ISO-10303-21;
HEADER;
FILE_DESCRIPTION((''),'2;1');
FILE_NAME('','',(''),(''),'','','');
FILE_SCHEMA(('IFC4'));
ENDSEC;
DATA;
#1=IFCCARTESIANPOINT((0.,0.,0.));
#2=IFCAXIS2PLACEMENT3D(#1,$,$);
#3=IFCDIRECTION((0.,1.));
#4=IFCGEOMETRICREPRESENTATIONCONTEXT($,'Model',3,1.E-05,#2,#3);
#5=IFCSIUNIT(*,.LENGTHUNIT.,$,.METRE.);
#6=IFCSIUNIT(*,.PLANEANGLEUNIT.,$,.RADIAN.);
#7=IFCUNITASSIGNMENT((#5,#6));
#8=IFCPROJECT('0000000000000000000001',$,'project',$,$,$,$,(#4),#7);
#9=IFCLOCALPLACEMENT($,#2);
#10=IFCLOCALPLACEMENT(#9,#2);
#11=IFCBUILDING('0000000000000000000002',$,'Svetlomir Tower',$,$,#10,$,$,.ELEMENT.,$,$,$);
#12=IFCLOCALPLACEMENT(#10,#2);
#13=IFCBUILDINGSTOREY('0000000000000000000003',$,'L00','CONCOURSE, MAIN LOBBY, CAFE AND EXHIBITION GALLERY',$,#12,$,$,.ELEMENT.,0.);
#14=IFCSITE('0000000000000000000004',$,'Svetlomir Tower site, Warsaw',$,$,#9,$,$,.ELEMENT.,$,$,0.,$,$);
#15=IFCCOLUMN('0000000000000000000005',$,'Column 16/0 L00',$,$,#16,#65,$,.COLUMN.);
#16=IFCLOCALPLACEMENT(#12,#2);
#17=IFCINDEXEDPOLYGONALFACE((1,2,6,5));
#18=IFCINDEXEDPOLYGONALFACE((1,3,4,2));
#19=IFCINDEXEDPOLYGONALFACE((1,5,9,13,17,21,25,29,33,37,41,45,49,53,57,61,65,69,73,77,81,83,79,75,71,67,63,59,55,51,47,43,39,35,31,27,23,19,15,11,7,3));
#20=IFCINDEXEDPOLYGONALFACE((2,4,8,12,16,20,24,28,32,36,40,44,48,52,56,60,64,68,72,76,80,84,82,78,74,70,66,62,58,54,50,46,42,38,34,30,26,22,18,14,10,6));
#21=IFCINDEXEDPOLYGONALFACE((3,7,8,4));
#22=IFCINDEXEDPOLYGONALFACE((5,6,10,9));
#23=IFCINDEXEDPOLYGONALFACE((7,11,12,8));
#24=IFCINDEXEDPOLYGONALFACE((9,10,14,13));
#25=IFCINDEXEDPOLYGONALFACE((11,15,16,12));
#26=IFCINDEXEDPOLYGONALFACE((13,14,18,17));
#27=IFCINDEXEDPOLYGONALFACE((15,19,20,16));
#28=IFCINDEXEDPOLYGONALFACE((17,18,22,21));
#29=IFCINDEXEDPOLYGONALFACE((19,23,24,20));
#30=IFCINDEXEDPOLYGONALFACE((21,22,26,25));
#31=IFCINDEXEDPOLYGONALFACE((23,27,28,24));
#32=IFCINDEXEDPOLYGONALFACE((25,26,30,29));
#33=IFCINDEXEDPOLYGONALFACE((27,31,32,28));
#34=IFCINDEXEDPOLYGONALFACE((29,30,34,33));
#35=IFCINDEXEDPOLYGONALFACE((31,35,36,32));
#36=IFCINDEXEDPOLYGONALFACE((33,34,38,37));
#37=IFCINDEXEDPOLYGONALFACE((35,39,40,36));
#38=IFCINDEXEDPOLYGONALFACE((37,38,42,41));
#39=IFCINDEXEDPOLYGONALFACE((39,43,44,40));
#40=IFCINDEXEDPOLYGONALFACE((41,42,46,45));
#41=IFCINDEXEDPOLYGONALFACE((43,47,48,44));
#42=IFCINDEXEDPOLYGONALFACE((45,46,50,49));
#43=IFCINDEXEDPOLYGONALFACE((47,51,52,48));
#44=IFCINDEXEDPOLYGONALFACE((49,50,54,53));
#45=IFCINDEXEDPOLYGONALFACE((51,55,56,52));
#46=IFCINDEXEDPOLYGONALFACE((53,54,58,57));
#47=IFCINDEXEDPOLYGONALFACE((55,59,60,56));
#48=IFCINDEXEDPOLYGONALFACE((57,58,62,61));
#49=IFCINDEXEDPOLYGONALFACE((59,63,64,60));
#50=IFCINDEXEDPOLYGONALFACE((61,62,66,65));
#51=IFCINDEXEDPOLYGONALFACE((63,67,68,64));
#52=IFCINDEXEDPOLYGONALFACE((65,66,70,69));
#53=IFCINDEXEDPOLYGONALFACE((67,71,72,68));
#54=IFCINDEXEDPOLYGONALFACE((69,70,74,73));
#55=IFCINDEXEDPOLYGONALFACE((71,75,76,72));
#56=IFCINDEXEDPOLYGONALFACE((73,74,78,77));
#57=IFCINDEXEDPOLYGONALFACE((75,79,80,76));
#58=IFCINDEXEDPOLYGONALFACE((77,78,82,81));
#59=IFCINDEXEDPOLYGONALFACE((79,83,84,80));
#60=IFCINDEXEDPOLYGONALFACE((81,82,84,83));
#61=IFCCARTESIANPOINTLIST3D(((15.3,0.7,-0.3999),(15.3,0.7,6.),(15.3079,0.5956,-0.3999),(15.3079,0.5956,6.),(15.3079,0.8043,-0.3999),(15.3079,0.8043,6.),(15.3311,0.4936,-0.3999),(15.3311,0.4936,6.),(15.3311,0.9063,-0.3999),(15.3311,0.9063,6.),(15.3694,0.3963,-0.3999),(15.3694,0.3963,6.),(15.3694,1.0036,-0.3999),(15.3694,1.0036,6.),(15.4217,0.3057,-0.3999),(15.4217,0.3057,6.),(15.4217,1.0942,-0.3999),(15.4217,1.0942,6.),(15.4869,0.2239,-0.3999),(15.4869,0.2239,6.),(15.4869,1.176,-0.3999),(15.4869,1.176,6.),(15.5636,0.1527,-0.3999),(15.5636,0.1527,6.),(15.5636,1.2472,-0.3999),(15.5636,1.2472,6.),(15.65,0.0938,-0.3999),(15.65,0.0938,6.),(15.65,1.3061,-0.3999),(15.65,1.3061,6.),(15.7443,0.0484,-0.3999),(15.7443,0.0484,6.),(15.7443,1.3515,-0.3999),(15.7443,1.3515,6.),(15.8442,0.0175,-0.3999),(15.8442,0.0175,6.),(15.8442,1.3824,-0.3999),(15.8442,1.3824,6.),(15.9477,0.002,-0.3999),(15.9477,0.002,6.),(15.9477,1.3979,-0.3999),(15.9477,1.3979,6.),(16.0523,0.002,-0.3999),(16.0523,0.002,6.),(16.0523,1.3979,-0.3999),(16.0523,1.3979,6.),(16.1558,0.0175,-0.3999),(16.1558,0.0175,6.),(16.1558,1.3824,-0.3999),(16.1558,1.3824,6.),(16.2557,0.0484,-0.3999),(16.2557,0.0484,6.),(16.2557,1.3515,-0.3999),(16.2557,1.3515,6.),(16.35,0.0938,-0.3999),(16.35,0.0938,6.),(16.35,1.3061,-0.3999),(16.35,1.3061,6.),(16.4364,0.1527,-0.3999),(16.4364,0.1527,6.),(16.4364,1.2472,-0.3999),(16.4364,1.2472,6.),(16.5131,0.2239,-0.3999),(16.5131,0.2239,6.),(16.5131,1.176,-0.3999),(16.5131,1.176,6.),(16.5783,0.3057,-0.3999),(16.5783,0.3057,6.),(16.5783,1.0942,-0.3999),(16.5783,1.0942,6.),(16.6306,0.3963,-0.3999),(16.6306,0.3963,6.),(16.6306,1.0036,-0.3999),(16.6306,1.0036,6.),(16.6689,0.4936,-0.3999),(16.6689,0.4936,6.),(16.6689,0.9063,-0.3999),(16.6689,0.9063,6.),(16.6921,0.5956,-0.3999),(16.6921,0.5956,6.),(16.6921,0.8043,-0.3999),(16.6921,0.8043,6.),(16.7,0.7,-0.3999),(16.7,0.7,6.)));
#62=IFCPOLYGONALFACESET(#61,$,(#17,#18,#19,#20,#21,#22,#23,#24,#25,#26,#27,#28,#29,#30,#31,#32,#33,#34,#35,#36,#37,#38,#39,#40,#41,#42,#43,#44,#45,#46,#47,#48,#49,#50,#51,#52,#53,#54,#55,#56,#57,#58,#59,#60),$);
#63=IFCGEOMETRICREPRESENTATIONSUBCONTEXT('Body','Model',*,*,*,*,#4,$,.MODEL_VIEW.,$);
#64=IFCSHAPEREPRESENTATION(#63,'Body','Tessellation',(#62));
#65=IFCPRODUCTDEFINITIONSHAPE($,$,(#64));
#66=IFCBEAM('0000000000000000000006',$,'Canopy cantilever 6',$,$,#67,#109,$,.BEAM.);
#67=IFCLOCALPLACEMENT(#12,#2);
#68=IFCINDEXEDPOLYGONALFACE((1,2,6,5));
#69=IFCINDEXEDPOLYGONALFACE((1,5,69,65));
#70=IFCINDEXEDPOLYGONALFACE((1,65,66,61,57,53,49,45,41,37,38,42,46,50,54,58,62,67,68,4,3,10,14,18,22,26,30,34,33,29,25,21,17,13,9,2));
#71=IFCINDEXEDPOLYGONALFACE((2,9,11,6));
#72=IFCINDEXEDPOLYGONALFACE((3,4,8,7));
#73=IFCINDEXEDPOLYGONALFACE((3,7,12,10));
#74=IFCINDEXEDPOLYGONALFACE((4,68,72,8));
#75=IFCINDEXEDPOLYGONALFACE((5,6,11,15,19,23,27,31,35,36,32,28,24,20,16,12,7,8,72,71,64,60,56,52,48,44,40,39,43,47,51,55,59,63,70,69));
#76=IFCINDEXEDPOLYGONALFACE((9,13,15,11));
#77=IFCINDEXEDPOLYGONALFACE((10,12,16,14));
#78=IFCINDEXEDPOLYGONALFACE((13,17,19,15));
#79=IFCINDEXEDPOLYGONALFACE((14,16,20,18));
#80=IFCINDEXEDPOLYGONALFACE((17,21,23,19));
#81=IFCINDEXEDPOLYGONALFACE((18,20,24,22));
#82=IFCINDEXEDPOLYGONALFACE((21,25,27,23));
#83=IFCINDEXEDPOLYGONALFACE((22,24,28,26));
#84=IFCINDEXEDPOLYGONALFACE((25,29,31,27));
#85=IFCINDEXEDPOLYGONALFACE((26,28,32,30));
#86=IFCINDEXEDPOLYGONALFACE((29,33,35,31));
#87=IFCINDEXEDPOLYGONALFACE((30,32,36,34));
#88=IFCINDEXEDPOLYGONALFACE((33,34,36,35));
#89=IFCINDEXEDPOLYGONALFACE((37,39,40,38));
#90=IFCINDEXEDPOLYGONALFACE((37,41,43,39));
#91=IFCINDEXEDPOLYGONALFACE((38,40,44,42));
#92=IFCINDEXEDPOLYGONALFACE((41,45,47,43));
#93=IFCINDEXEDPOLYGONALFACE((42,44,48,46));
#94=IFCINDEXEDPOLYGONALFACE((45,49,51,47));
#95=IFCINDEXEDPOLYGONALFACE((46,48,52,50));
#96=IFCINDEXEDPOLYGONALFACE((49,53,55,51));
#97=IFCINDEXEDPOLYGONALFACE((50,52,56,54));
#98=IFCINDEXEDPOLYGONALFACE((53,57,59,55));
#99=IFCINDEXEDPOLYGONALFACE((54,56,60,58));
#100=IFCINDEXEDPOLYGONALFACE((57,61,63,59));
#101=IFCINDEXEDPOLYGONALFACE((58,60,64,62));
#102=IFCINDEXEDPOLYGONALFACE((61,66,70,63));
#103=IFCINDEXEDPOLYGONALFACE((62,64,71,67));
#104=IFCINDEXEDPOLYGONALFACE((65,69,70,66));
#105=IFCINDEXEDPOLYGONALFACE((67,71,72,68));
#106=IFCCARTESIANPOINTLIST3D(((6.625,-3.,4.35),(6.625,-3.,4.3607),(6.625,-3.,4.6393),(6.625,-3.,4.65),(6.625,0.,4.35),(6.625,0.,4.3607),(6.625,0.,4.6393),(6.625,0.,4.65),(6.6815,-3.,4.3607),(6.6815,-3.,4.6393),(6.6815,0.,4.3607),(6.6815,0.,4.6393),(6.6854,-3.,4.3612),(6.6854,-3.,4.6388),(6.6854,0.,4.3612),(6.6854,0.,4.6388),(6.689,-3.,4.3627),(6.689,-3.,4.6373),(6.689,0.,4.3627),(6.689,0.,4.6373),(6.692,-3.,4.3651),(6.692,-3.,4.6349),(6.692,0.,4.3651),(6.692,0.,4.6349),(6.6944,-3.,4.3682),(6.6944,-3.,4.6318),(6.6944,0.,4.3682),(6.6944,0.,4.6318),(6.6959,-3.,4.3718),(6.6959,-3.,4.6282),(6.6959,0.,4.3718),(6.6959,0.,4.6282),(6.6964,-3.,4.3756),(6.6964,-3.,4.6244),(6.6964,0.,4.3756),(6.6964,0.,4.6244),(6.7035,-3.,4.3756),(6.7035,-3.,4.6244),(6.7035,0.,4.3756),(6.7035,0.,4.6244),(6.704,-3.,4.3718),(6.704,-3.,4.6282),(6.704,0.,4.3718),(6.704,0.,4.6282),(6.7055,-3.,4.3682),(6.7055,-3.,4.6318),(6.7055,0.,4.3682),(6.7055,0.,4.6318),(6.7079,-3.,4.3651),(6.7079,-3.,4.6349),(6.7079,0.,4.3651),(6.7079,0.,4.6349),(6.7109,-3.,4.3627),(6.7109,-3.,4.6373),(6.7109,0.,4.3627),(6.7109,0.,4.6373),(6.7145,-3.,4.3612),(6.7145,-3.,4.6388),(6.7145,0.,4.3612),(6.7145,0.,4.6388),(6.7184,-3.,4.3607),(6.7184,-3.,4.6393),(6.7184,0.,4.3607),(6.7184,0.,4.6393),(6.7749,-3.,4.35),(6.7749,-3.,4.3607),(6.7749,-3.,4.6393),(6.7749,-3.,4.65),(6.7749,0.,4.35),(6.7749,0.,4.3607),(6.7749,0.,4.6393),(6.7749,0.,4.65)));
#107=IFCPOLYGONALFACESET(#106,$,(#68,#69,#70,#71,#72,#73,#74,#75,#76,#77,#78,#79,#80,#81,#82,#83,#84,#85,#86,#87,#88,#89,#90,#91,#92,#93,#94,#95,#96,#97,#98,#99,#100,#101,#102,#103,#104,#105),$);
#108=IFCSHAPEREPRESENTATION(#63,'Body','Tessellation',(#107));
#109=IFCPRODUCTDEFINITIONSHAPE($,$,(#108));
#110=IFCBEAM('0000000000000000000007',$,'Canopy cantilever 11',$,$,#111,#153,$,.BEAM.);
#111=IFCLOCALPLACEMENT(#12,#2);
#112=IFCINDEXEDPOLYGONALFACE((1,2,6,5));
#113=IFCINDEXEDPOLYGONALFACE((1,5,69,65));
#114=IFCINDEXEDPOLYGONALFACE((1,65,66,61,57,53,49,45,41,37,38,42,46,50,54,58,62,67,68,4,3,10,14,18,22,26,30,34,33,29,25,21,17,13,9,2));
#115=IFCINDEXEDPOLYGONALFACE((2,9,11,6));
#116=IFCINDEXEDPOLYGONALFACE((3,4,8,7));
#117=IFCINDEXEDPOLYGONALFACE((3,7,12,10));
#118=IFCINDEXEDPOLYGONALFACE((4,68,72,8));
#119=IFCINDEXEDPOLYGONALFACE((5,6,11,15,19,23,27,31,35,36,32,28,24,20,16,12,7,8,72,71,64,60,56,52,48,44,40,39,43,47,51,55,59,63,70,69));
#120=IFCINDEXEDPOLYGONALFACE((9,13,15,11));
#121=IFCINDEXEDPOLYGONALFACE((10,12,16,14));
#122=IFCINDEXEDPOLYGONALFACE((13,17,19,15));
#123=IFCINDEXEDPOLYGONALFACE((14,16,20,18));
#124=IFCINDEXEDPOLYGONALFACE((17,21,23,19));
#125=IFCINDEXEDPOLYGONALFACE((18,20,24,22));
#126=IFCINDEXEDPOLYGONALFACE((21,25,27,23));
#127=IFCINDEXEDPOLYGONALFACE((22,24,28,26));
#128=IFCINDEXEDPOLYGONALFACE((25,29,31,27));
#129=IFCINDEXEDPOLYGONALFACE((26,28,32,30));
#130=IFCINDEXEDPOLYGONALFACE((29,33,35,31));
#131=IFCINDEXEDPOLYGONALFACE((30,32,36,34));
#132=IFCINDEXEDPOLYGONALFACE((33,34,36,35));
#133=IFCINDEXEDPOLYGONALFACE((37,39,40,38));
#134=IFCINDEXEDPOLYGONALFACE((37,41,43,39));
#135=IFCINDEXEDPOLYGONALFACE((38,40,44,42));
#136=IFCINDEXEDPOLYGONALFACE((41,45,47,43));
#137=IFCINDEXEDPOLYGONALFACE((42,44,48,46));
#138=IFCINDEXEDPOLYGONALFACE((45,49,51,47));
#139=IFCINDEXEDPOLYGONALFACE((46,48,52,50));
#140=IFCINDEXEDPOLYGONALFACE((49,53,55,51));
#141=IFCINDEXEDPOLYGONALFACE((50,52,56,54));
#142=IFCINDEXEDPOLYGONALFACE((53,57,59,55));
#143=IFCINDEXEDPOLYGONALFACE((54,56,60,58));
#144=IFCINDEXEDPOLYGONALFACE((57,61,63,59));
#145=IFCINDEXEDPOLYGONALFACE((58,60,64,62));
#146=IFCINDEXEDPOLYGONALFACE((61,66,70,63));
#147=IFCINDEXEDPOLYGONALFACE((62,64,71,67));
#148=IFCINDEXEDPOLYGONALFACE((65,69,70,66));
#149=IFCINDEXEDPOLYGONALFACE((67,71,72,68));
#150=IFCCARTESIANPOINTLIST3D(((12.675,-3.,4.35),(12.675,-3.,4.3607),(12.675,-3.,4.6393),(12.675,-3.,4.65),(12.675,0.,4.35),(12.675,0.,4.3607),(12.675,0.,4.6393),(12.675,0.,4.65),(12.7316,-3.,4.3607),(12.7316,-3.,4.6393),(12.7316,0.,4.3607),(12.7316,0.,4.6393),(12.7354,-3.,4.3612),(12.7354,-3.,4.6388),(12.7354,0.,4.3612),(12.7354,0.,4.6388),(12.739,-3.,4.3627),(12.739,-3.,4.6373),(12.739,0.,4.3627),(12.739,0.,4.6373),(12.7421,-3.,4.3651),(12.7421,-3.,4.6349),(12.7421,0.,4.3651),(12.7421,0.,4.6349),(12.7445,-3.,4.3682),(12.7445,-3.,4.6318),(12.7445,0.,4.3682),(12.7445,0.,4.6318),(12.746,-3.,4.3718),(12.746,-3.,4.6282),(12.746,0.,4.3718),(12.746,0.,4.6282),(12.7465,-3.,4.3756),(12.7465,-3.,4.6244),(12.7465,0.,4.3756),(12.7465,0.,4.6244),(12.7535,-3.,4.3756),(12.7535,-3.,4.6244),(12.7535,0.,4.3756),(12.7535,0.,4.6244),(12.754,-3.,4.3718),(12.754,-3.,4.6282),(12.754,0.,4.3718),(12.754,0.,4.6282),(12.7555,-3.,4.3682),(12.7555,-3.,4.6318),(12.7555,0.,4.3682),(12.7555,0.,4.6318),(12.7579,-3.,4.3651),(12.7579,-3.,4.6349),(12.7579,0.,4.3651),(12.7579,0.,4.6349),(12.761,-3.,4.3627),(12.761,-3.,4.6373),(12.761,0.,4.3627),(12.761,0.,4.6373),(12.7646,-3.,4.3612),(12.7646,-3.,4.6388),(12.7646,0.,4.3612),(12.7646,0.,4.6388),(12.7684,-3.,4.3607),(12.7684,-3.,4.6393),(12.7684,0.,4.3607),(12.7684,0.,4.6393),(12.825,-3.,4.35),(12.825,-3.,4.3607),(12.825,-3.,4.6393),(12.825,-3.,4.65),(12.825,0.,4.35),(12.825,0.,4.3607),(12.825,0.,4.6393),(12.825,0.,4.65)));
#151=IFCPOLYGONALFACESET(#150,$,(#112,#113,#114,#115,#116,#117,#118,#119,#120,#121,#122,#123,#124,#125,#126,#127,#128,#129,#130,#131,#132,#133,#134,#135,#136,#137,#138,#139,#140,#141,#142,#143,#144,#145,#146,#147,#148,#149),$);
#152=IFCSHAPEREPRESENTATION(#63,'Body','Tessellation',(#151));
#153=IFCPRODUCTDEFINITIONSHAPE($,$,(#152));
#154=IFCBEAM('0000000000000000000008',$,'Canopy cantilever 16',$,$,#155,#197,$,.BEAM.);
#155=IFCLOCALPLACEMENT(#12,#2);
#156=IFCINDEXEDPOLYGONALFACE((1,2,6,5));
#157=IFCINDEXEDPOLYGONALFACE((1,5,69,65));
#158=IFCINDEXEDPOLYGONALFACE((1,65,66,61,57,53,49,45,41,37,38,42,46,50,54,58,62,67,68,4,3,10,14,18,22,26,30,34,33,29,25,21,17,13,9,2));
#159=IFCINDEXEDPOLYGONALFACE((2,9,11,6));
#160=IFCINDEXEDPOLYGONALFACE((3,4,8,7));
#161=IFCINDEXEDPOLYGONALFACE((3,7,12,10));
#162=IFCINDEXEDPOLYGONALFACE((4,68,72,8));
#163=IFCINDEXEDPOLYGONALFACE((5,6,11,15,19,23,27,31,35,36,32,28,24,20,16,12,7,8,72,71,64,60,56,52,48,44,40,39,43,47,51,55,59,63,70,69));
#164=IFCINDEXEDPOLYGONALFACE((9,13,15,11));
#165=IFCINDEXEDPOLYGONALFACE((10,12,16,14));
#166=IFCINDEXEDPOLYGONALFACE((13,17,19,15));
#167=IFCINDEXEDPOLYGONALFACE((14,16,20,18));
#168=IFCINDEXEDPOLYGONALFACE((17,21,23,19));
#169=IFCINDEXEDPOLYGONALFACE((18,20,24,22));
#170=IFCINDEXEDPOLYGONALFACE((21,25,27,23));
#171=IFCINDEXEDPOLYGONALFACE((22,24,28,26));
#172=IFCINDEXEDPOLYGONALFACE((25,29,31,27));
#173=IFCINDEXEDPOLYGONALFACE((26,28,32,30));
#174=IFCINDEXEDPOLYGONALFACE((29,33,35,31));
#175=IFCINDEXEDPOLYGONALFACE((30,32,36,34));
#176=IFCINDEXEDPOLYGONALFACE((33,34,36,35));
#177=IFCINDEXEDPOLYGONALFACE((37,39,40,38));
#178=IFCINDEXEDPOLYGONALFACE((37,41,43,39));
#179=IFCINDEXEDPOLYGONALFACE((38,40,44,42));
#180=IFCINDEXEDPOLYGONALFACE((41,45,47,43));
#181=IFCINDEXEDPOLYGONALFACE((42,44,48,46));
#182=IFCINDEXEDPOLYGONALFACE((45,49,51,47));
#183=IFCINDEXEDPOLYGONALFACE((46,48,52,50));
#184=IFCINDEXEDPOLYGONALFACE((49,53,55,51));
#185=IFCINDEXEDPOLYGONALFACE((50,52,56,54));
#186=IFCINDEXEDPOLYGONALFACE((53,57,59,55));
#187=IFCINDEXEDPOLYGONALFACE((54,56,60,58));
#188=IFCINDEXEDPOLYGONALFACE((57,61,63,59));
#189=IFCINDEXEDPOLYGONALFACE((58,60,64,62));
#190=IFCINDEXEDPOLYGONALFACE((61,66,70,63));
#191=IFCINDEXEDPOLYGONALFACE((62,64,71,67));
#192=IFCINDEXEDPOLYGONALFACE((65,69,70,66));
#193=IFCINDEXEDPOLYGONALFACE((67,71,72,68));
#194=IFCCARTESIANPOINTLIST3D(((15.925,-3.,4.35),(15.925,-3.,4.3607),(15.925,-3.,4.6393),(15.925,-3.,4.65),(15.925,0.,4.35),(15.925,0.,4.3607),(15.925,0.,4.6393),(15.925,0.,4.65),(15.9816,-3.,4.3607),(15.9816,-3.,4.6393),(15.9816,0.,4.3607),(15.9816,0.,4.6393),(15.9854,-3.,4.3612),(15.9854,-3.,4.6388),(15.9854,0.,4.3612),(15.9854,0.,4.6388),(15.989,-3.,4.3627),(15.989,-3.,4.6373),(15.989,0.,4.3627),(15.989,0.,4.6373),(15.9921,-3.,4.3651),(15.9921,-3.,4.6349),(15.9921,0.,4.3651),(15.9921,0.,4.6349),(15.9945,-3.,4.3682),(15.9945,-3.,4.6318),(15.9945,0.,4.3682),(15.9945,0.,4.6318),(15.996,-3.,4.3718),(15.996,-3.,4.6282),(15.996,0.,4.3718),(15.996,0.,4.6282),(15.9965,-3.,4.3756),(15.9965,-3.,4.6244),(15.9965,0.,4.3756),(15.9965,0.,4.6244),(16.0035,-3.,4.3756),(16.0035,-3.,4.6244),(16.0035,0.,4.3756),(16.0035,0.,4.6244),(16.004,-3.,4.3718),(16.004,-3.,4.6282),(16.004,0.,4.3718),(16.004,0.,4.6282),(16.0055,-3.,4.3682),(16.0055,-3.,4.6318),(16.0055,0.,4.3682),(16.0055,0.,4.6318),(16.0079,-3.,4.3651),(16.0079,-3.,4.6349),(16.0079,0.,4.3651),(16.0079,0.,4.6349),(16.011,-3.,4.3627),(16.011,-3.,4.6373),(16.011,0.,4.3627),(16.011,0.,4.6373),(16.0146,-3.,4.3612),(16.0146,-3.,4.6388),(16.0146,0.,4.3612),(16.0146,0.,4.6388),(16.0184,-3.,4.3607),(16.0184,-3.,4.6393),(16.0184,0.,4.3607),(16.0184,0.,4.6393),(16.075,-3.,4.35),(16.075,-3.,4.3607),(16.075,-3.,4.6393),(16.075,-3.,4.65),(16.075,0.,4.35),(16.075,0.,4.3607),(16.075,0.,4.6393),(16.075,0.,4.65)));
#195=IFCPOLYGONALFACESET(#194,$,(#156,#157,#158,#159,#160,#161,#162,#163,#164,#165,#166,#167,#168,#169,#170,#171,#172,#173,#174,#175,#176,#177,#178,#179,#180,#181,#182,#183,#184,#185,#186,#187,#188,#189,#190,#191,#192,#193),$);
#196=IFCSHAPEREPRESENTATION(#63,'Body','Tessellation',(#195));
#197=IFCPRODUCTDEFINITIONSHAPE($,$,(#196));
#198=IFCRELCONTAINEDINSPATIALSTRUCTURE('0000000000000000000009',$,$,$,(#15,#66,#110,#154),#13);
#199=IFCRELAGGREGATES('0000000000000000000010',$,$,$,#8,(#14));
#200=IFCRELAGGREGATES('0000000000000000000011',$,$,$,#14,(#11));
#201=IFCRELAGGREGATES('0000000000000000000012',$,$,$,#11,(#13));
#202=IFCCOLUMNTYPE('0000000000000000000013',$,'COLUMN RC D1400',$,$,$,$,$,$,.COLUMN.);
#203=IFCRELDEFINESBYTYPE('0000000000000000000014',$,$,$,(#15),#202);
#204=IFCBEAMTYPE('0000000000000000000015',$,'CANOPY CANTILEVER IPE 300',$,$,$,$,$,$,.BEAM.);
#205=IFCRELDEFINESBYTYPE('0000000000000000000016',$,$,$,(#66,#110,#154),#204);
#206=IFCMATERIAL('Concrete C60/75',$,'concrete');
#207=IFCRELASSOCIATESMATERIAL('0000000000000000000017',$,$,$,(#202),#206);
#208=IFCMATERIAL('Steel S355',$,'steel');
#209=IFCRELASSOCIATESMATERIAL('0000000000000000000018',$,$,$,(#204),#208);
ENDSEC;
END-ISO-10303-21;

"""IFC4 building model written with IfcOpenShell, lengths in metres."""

from ifc_helpers import new_model, si_unit, direction, frame, origin, origin_2d, place, context, subcontext, project, spatial, circle, i_section, extrude, material, material_profile, profile_set, type_object, element, save


model = new_model("IFC4")

# Units and contexts
model_context = context("Model", 3, precision=1e-05, world=origin(), true_north=direction((0.0, 1.0)))
body_context = subcontext(model_context, "Body", "Model", "MODEL_VIEW")
ifc_project = project(units=[si_unit("LENGTHUNIT", "METRE"), si_unit("PLANEANGLEUNIT", "RADIAN")], contexts=[model_context])

# Site, building, storey
site_placement = place(None, origin())
site = spatial("IfcSite", under=ifc_project, at=site_placement, Name="Svetlomir Tower site, Warsaw", CompositionType="ELEMENT", RefElevation=0.0)
building_placement = place(site_placement, origin())
building = spatial("IfcBuilding", under=site, at=building_placement, Name="Svetlomir Tower", CompositionType="ELEMENT")
storey_placement = place(building_placement, origin())
storey = spatial("IfcBuildingStorey", under=building, at=storey_placement, Name="L00", Description="CONCOURSE, MAIN LOBBY, CAFE AND EXHIBITION GALLERY", CompositionType="ELEMENT", Elevation=0.0)

# Column
ifc_material_1 = material(Name="Concrete C60/75", Category="concrete")
ifc_material_profile_1 = material_profile(ifc_material_1, circle(Radius=0.7, at=origin_2d()), Name="RC D1400")
ifc_profile_set_1 = profile_set([ifc_material_profile_1], Name="Concrete C60/75")
column_type_1 = type_object("IfcColumnType", Name="COLUMN RC D1400", PredefinedType="COLUMN", material=ifc_profile_set_1)
column_1_placement = place(storey_placement, frame((16.0, 0.7, -0.3999), z_axis=(0.0, 0.0, 1.0), x_axis=(1.0, 0.0, 0.0)))
element("IfcColumn", 1, at=column_1_placement, inside=storey, type_object=column_type_1, Name="Column 16/0 L00", PredefinedType="COLUMN", context=body_context, shape_type="SweptSolid", body=[
    extrude(circle(Radius=0.7, at=origin_2d()), origin(), (0.0, 0.0, 1.0), 6.3999),
])

# Beams
ifc_material_2 = material(Name="Steel S355", Category="steel")
ifc_material_profile_2 = material_profile(ifc_material_2, i_section(OverallWidth=0.1499, OverallDepth=0.3, WebThickness=0.0071, FlangeThickness=0.0107, FilletRadius=0.0149, at=origin_2d()), Name="IPE 300")
ifc_profile_set_2 = profile_set([ifc_material_profile_2], Name="Steel S355")
beam_type_1 = type_object("IfcBeamType", Name="CANOPY CANTILEVER IPE 300", PredefinedType="BEAM", material=ifc_profile_set_2)
for number, where, z_axis, x_axis, name in (
    (2, (6.7, 0.0, 4.5), (0.0, -1.0, 0.0), (1.0, 0.0, 0.0), "Canopy cantilever 6"),
    (3, (12.75, 0.0, 4.5), (0.0, -1.0, 0.0), (1.0, 0.0, 0.0), "Canopy cantilever 11"),
    (4, (16.0, 0.0, 4.5), (0.0, -1.0, 0.0), (1.0, 0.0, 0.0), "Canopy cantilever 16"),
):
    element("IfcBeam", number, at=place(storey_placement, frame(where, z_axis=z_axis, x_axis=x_axis)), inside=storey, type_object=beam_type_1, Name=name, PredefinedType="BEAM", context=body_context, shape_type="SweptSolid", body=[
        extrude(i_section(OverallWidth=0.1499, OverallDepth=0.3, WebThickness=0.0071, FlangeThickness=0.0107, FilletRadius=0.0149, at=origin_2d()), origin(), (0.0, 0.0, 1.0), 3.0),
    ])

save(model, "model.ifc")
